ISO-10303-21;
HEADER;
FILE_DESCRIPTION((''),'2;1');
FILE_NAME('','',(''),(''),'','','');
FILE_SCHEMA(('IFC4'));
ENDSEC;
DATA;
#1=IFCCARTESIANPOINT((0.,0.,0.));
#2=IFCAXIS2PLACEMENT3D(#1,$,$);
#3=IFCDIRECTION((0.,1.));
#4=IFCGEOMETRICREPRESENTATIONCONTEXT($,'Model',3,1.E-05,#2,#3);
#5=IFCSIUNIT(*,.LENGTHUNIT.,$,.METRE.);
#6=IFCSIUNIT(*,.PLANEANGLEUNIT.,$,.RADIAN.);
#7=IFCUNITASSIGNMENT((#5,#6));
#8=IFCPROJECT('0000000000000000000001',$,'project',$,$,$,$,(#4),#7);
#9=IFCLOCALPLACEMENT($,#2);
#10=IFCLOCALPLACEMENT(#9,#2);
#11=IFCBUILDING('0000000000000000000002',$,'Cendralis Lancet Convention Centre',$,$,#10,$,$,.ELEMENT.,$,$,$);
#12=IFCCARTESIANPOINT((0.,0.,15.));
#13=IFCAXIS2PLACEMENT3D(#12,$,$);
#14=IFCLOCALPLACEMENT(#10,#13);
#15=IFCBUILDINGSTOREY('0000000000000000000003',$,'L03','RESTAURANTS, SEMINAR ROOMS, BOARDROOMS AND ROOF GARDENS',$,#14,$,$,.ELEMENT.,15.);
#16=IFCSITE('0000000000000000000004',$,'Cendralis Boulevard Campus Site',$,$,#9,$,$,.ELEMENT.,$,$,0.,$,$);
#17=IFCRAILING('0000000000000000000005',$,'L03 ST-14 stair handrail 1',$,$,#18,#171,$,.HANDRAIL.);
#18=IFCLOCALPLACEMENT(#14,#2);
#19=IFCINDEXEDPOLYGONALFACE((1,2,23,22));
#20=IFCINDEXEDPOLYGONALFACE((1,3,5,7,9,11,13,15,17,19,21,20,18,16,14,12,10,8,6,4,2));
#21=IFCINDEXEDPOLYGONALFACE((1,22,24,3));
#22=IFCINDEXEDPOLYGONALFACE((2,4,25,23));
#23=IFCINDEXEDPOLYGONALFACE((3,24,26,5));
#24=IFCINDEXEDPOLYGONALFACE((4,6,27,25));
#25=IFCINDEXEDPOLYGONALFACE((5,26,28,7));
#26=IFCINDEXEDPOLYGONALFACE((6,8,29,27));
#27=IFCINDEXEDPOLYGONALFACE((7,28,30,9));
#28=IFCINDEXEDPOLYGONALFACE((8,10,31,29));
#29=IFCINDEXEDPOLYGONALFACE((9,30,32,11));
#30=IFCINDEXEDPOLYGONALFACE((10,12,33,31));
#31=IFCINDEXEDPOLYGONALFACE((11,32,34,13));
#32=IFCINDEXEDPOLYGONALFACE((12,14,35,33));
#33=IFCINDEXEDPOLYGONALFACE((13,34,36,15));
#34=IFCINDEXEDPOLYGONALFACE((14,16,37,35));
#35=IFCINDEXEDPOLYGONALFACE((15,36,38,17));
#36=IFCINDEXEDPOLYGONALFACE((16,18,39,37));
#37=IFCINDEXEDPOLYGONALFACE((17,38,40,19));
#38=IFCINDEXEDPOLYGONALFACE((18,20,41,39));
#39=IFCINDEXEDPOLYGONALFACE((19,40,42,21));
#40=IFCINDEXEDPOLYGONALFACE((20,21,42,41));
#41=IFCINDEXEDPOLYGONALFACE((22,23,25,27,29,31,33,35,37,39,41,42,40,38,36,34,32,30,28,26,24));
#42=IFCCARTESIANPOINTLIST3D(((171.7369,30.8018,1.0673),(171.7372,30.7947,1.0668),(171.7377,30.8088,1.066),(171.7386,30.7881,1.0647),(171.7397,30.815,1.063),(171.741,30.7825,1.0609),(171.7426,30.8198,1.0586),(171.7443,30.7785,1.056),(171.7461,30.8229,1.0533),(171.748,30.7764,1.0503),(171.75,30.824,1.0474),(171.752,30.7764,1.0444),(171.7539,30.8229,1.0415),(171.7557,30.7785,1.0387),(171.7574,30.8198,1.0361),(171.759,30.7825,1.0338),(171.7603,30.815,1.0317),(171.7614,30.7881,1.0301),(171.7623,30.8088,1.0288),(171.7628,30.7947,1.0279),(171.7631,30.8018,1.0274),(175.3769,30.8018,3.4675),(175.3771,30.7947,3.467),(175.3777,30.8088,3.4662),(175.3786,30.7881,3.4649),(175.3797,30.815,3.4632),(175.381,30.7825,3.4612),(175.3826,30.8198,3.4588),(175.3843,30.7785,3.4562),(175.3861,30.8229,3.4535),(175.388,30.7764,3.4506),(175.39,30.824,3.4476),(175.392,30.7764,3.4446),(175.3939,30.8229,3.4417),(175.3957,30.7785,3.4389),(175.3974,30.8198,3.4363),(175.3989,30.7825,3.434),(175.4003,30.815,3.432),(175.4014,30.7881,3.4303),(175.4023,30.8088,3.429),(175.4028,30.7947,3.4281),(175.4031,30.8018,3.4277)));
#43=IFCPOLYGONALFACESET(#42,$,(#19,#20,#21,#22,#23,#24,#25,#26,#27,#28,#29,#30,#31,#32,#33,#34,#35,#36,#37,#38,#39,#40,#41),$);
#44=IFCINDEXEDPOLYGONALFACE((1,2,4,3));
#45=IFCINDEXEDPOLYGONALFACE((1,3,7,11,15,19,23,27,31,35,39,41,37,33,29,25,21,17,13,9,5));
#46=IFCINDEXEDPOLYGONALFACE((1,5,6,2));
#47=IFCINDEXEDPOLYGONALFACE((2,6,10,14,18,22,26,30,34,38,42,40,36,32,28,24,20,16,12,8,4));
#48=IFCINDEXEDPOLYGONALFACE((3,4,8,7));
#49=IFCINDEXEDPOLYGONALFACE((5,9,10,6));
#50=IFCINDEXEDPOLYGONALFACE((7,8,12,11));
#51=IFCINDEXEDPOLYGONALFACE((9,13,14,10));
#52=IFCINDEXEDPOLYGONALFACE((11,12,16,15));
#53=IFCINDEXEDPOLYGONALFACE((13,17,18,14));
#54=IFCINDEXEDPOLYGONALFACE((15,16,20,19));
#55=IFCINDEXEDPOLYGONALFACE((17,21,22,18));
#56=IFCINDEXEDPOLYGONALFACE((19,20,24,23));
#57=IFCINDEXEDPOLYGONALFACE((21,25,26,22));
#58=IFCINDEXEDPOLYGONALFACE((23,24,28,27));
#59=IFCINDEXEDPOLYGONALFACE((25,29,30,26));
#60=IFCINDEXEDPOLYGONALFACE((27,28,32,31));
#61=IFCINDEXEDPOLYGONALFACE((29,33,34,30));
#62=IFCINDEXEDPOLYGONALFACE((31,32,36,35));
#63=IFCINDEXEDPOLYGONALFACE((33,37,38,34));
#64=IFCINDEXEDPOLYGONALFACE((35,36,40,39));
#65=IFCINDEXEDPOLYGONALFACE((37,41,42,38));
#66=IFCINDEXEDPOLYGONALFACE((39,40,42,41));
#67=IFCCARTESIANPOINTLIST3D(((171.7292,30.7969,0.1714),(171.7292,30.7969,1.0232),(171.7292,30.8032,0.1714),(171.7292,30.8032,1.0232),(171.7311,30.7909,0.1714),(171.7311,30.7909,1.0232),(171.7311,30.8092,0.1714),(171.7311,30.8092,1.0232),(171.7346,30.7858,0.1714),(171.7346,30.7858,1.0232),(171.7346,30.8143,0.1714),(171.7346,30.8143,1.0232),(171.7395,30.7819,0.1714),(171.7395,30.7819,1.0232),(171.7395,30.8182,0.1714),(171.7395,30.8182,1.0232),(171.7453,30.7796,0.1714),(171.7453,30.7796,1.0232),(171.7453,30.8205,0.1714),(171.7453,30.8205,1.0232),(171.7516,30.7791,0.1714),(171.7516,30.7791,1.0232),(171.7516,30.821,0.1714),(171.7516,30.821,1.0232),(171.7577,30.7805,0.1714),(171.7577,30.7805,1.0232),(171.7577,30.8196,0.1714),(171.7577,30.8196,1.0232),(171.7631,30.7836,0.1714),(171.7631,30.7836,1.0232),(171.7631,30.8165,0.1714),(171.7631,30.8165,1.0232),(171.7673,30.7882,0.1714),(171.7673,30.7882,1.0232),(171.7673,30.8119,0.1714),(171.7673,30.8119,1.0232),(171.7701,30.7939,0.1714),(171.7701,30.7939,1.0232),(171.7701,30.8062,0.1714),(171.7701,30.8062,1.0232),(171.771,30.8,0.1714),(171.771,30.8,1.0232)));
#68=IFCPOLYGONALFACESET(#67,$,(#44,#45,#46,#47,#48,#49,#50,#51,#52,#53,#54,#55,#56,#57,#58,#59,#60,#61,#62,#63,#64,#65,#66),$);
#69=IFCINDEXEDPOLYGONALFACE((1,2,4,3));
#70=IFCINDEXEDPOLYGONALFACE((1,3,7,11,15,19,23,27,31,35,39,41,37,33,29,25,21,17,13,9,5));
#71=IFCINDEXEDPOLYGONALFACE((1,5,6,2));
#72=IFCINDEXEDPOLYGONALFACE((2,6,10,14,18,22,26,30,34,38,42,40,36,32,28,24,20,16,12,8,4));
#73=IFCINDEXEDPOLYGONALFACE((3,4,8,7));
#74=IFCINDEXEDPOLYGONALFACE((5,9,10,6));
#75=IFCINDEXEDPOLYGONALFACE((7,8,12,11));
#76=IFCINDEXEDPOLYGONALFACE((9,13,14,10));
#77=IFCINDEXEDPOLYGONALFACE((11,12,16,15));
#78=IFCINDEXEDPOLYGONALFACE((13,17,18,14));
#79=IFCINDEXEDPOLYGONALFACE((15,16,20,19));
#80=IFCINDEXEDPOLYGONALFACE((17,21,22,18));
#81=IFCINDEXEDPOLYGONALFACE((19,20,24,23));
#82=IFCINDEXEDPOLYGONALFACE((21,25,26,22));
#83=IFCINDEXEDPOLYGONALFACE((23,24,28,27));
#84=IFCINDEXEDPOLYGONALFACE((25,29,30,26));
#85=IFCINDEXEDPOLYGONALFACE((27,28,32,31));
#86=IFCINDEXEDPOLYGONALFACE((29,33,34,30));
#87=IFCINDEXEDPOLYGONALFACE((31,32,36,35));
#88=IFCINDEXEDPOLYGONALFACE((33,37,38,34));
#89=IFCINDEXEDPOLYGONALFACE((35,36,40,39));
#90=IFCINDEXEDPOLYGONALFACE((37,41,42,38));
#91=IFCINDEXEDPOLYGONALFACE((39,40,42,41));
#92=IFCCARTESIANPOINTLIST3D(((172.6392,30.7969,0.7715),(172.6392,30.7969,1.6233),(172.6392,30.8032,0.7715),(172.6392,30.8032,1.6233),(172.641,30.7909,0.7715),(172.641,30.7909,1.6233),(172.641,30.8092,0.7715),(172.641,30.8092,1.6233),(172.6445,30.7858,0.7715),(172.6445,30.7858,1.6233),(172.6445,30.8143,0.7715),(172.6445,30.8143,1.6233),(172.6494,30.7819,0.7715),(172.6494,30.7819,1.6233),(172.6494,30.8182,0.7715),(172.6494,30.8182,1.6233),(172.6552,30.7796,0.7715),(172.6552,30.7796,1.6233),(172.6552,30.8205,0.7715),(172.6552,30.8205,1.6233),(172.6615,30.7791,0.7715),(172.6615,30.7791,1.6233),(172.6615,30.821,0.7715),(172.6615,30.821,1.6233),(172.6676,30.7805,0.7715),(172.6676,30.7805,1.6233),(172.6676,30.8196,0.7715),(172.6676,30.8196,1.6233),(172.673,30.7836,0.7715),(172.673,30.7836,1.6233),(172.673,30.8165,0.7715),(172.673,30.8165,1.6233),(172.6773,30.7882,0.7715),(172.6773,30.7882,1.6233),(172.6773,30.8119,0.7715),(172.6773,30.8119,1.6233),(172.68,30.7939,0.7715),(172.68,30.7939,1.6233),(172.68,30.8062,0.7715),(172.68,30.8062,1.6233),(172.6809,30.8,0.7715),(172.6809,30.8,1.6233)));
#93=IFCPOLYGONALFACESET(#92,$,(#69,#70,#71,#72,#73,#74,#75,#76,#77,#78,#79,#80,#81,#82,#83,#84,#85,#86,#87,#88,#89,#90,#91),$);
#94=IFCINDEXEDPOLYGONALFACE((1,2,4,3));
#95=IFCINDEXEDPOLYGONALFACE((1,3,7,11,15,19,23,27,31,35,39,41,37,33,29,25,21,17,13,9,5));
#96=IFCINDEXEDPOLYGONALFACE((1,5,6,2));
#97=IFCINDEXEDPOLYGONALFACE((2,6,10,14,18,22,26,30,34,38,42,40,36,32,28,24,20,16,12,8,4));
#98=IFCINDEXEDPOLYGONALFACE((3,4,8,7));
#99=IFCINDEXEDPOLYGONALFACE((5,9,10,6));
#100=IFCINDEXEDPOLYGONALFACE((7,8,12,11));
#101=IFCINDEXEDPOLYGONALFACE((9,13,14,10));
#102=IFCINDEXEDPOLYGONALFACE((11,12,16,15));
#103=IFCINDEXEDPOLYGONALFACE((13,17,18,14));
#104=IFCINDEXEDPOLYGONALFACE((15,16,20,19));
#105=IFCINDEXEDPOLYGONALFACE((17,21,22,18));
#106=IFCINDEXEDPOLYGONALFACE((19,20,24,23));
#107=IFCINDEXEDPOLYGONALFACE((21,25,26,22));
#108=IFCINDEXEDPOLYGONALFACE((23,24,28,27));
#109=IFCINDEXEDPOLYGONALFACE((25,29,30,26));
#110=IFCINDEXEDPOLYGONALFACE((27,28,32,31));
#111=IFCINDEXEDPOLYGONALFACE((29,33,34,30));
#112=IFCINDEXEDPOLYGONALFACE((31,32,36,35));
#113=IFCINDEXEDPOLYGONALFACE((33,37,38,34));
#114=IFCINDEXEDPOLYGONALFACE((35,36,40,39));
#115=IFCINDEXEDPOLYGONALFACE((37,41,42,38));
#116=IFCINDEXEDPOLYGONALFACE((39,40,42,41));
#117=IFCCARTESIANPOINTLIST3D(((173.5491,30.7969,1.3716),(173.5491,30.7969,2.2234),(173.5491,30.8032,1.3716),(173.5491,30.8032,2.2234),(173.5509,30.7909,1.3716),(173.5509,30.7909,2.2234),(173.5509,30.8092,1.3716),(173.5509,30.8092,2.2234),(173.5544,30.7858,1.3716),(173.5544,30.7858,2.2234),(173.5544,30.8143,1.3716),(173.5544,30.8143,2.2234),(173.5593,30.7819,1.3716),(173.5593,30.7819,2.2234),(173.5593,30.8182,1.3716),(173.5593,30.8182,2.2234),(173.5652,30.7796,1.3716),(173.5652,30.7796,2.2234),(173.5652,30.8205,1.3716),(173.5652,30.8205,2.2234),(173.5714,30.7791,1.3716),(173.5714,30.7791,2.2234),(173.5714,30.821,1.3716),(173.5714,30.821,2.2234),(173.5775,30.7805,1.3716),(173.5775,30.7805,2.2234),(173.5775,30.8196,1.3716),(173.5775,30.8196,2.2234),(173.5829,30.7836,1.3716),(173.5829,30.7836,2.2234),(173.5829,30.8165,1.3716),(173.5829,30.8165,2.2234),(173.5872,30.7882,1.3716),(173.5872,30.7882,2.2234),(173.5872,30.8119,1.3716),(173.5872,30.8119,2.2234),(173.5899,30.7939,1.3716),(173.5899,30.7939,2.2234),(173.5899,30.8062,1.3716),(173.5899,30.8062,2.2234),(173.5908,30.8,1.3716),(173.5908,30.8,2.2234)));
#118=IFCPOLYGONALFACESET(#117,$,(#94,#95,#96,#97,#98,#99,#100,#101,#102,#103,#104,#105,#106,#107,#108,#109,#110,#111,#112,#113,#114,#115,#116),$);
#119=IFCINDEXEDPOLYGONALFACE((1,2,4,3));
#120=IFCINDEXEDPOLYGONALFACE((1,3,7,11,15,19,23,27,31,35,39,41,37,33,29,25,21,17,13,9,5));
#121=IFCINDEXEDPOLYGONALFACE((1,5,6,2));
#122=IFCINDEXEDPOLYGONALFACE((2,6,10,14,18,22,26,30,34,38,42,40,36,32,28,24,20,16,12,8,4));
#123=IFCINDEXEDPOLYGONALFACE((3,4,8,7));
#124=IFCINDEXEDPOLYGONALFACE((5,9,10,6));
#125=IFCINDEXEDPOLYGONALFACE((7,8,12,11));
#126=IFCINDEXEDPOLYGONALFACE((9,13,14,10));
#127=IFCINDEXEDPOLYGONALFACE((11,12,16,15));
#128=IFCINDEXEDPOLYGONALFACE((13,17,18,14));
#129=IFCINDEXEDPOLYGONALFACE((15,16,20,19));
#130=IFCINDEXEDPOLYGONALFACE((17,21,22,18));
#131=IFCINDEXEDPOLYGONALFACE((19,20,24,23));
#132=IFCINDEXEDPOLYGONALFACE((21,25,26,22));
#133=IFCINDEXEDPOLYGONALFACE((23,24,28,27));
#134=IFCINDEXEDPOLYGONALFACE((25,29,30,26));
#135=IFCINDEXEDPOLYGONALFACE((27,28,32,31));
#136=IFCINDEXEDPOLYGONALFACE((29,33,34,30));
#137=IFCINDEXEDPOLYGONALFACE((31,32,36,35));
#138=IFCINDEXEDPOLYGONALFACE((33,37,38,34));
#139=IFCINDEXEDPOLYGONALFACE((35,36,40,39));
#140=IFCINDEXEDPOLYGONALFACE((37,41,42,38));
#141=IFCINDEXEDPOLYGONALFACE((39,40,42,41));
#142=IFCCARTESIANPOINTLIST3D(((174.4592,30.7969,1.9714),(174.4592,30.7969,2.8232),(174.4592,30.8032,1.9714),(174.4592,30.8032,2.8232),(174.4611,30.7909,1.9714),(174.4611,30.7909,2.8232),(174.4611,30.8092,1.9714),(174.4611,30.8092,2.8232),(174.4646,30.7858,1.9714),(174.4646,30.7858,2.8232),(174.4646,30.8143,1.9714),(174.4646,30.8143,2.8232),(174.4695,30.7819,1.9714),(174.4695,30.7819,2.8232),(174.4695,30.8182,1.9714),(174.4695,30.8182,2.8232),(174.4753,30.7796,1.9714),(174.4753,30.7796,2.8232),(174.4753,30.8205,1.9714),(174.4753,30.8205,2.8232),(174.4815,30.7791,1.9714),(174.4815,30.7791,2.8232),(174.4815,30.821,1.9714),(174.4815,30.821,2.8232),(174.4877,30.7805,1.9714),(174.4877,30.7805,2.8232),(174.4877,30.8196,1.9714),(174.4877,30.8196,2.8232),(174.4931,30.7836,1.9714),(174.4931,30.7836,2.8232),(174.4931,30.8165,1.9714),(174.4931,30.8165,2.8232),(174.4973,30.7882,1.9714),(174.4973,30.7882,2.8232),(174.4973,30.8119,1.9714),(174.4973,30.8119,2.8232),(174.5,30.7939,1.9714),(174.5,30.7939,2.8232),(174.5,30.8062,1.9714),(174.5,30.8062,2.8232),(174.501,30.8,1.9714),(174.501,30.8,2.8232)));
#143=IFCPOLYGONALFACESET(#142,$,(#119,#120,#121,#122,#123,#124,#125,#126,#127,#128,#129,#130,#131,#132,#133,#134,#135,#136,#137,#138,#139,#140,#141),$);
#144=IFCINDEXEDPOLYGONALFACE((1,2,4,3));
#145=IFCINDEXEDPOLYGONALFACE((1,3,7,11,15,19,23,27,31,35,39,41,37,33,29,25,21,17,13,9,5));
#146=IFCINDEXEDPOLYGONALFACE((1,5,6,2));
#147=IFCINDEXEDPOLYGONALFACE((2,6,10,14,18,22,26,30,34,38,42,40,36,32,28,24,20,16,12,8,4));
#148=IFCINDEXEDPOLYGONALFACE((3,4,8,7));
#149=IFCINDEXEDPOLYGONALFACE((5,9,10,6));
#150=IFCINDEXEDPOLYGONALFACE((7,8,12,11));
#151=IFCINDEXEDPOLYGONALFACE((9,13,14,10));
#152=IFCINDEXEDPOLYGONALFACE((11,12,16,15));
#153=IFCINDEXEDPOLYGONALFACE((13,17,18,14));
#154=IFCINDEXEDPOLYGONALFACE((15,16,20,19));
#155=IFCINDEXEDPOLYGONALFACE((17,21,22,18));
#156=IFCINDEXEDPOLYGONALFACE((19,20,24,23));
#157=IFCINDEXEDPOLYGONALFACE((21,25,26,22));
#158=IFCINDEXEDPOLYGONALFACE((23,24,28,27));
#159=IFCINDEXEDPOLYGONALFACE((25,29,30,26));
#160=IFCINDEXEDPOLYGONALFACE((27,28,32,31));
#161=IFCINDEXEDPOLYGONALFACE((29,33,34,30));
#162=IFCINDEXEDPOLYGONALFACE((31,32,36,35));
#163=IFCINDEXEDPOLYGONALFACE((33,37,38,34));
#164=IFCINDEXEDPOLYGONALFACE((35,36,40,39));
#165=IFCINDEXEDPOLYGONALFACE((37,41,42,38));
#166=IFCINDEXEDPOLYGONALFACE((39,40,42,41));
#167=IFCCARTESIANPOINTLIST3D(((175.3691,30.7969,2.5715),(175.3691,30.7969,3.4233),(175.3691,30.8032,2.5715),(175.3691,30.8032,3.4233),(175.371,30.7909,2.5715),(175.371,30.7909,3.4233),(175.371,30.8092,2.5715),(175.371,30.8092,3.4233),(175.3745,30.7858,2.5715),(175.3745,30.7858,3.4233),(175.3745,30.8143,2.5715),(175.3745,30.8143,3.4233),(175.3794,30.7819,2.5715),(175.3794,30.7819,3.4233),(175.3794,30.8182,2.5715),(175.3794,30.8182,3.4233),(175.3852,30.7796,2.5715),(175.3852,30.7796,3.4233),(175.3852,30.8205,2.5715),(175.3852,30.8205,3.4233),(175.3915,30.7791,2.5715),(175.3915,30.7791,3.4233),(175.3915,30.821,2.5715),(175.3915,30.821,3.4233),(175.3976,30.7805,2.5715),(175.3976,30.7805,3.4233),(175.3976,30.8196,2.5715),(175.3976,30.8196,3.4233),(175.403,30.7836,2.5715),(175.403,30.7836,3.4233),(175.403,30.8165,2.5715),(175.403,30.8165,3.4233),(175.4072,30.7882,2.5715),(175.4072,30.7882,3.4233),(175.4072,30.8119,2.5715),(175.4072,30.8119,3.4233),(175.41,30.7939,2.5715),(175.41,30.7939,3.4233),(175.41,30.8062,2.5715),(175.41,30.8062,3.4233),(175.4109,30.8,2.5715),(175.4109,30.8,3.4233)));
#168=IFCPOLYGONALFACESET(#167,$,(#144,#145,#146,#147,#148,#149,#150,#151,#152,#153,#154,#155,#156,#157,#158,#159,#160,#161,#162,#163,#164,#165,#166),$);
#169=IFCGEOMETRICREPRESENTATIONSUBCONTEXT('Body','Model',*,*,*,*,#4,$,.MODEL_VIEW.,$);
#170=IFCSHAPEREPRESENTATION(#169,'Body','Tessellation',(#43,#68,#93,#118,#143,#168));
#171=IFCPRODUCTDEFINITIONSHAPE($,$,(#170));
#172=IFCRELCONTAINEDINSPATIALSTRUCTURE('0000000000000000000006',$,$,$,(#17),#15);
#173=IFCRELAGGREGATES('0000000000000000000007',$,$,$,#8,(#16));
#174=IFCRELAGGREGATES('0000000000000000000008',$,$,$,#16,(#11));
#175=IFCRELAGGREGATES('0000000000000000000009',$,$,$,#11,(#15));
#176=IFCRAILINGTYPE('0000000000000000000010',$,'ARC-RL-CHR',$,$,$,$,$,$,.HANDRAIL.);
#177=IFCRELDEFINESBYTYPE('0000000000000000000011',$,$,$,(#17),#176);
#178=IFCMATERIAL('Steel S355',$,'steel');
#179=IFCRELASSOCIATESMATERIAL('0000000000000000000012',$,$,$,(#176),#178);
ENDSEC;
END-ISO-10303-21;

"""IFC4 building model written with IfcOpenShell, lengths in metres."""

from ifc_helpers import new_model, si_unit, direction, frame, origin, origin_2d, place, context, subcontext, project, spatial, circle, extrude, material, type_object, element, save


model = new_model("IFC4")

# Units and contexts
model_context = context("Model", 3, precision=1e-05, world=origin(), true_north=direction((0.0, 1.0)))
body_context = subcontext(model_context, "Body", "Model", "MODEL_VIEW")
ifc_project = project(units=[si_unit("LENGTHUNIT", "METRE"), si_unit("PLANEANGLEUNIT", "RADIAN")], contexts=[model_context])

# Site, building, storey
site_placement = place(None, origin())
site = spatial("IfcSite", under=ifc_project, at=site_placement, Name="Cendralis Boulevard Campus Site", CompositionType="ELEMENT", RefElevation=0.0)
building_placement = place(site_placement, origin())
building = spatial("IfcBuilding", under=site, at=building_placement, Name="Cendralis Lancet Convention Centre", CompositionType="ELEMENT")
storey_placement = place(building_placement, frame((0.0, 0.0, 15.0)))
storey = spatial("IfcBuildingStorey", under=building, at=storey_placement, Name="L03", Description="RESTAURANTS, SEMINAR ROOMS, BOARDROOMS AND ROOF GARDENS", CompositionType="ELEMENT", Elevation=15.0)

# Shared definitions
ifc_material_1 = material(Name="Steel S355", Category="steel")

# Railing
railing_type_1 = type_object("IfcRailingType", Name="ARC-RL-CHR", PredefinedType="HANDRAIL", material=ifc_material_1)
railing_1_placement = place(storey_placement, frame((171.75, 30.8, 0.1714)))
element("IfcRailing", 1, at=railing_1_placement, inside=storey, type_object=railing_type_1, Name="L03 ST-14 stair handrail 1", PredefinedType="HANDRAIL", context=body_context, shape_type="SweptSolid", body=[
    extrude(circle(Radius=0.0239, at=origin_2d()), frame((0.0, 0.0, 0.876), z_axis=(0.834839, 0.0, 0.550493), x_axis=(0.0, 1.0, 0.0)), (0.0, 0.0, 1.0), 4.3601),
    extrude(circle(Radius=0.021, at=origin_2d()), origin(), (0.0, 0.0, 1.0), 0.8518),
    extrude(circle(Radius=0.021, at=origin_2d()), frame((0.9099, 0.0, 0.6001)), (0.0, 0.0, 1.0), 0.8518),
    extrude(circle(Radius=0.021, at=origin_2d()), frame((1.8198, 0.0, 1.2002)), (0.0, 0.0, 1.0), 0.8518),
    extrude(circle(Radius=0.021, at=origin_2d()), frame((2.73, 0.0, 1.8)), (0.0, 0.0, 1.0), 0.8518),
    extrude(circle(Radius=0.021, at=origin_2d()), frame((3.6399, 0.0, 2.4001)), (0.0, 0.0, 1.0), 0.8518),
])

save(model, "model.ifc")
